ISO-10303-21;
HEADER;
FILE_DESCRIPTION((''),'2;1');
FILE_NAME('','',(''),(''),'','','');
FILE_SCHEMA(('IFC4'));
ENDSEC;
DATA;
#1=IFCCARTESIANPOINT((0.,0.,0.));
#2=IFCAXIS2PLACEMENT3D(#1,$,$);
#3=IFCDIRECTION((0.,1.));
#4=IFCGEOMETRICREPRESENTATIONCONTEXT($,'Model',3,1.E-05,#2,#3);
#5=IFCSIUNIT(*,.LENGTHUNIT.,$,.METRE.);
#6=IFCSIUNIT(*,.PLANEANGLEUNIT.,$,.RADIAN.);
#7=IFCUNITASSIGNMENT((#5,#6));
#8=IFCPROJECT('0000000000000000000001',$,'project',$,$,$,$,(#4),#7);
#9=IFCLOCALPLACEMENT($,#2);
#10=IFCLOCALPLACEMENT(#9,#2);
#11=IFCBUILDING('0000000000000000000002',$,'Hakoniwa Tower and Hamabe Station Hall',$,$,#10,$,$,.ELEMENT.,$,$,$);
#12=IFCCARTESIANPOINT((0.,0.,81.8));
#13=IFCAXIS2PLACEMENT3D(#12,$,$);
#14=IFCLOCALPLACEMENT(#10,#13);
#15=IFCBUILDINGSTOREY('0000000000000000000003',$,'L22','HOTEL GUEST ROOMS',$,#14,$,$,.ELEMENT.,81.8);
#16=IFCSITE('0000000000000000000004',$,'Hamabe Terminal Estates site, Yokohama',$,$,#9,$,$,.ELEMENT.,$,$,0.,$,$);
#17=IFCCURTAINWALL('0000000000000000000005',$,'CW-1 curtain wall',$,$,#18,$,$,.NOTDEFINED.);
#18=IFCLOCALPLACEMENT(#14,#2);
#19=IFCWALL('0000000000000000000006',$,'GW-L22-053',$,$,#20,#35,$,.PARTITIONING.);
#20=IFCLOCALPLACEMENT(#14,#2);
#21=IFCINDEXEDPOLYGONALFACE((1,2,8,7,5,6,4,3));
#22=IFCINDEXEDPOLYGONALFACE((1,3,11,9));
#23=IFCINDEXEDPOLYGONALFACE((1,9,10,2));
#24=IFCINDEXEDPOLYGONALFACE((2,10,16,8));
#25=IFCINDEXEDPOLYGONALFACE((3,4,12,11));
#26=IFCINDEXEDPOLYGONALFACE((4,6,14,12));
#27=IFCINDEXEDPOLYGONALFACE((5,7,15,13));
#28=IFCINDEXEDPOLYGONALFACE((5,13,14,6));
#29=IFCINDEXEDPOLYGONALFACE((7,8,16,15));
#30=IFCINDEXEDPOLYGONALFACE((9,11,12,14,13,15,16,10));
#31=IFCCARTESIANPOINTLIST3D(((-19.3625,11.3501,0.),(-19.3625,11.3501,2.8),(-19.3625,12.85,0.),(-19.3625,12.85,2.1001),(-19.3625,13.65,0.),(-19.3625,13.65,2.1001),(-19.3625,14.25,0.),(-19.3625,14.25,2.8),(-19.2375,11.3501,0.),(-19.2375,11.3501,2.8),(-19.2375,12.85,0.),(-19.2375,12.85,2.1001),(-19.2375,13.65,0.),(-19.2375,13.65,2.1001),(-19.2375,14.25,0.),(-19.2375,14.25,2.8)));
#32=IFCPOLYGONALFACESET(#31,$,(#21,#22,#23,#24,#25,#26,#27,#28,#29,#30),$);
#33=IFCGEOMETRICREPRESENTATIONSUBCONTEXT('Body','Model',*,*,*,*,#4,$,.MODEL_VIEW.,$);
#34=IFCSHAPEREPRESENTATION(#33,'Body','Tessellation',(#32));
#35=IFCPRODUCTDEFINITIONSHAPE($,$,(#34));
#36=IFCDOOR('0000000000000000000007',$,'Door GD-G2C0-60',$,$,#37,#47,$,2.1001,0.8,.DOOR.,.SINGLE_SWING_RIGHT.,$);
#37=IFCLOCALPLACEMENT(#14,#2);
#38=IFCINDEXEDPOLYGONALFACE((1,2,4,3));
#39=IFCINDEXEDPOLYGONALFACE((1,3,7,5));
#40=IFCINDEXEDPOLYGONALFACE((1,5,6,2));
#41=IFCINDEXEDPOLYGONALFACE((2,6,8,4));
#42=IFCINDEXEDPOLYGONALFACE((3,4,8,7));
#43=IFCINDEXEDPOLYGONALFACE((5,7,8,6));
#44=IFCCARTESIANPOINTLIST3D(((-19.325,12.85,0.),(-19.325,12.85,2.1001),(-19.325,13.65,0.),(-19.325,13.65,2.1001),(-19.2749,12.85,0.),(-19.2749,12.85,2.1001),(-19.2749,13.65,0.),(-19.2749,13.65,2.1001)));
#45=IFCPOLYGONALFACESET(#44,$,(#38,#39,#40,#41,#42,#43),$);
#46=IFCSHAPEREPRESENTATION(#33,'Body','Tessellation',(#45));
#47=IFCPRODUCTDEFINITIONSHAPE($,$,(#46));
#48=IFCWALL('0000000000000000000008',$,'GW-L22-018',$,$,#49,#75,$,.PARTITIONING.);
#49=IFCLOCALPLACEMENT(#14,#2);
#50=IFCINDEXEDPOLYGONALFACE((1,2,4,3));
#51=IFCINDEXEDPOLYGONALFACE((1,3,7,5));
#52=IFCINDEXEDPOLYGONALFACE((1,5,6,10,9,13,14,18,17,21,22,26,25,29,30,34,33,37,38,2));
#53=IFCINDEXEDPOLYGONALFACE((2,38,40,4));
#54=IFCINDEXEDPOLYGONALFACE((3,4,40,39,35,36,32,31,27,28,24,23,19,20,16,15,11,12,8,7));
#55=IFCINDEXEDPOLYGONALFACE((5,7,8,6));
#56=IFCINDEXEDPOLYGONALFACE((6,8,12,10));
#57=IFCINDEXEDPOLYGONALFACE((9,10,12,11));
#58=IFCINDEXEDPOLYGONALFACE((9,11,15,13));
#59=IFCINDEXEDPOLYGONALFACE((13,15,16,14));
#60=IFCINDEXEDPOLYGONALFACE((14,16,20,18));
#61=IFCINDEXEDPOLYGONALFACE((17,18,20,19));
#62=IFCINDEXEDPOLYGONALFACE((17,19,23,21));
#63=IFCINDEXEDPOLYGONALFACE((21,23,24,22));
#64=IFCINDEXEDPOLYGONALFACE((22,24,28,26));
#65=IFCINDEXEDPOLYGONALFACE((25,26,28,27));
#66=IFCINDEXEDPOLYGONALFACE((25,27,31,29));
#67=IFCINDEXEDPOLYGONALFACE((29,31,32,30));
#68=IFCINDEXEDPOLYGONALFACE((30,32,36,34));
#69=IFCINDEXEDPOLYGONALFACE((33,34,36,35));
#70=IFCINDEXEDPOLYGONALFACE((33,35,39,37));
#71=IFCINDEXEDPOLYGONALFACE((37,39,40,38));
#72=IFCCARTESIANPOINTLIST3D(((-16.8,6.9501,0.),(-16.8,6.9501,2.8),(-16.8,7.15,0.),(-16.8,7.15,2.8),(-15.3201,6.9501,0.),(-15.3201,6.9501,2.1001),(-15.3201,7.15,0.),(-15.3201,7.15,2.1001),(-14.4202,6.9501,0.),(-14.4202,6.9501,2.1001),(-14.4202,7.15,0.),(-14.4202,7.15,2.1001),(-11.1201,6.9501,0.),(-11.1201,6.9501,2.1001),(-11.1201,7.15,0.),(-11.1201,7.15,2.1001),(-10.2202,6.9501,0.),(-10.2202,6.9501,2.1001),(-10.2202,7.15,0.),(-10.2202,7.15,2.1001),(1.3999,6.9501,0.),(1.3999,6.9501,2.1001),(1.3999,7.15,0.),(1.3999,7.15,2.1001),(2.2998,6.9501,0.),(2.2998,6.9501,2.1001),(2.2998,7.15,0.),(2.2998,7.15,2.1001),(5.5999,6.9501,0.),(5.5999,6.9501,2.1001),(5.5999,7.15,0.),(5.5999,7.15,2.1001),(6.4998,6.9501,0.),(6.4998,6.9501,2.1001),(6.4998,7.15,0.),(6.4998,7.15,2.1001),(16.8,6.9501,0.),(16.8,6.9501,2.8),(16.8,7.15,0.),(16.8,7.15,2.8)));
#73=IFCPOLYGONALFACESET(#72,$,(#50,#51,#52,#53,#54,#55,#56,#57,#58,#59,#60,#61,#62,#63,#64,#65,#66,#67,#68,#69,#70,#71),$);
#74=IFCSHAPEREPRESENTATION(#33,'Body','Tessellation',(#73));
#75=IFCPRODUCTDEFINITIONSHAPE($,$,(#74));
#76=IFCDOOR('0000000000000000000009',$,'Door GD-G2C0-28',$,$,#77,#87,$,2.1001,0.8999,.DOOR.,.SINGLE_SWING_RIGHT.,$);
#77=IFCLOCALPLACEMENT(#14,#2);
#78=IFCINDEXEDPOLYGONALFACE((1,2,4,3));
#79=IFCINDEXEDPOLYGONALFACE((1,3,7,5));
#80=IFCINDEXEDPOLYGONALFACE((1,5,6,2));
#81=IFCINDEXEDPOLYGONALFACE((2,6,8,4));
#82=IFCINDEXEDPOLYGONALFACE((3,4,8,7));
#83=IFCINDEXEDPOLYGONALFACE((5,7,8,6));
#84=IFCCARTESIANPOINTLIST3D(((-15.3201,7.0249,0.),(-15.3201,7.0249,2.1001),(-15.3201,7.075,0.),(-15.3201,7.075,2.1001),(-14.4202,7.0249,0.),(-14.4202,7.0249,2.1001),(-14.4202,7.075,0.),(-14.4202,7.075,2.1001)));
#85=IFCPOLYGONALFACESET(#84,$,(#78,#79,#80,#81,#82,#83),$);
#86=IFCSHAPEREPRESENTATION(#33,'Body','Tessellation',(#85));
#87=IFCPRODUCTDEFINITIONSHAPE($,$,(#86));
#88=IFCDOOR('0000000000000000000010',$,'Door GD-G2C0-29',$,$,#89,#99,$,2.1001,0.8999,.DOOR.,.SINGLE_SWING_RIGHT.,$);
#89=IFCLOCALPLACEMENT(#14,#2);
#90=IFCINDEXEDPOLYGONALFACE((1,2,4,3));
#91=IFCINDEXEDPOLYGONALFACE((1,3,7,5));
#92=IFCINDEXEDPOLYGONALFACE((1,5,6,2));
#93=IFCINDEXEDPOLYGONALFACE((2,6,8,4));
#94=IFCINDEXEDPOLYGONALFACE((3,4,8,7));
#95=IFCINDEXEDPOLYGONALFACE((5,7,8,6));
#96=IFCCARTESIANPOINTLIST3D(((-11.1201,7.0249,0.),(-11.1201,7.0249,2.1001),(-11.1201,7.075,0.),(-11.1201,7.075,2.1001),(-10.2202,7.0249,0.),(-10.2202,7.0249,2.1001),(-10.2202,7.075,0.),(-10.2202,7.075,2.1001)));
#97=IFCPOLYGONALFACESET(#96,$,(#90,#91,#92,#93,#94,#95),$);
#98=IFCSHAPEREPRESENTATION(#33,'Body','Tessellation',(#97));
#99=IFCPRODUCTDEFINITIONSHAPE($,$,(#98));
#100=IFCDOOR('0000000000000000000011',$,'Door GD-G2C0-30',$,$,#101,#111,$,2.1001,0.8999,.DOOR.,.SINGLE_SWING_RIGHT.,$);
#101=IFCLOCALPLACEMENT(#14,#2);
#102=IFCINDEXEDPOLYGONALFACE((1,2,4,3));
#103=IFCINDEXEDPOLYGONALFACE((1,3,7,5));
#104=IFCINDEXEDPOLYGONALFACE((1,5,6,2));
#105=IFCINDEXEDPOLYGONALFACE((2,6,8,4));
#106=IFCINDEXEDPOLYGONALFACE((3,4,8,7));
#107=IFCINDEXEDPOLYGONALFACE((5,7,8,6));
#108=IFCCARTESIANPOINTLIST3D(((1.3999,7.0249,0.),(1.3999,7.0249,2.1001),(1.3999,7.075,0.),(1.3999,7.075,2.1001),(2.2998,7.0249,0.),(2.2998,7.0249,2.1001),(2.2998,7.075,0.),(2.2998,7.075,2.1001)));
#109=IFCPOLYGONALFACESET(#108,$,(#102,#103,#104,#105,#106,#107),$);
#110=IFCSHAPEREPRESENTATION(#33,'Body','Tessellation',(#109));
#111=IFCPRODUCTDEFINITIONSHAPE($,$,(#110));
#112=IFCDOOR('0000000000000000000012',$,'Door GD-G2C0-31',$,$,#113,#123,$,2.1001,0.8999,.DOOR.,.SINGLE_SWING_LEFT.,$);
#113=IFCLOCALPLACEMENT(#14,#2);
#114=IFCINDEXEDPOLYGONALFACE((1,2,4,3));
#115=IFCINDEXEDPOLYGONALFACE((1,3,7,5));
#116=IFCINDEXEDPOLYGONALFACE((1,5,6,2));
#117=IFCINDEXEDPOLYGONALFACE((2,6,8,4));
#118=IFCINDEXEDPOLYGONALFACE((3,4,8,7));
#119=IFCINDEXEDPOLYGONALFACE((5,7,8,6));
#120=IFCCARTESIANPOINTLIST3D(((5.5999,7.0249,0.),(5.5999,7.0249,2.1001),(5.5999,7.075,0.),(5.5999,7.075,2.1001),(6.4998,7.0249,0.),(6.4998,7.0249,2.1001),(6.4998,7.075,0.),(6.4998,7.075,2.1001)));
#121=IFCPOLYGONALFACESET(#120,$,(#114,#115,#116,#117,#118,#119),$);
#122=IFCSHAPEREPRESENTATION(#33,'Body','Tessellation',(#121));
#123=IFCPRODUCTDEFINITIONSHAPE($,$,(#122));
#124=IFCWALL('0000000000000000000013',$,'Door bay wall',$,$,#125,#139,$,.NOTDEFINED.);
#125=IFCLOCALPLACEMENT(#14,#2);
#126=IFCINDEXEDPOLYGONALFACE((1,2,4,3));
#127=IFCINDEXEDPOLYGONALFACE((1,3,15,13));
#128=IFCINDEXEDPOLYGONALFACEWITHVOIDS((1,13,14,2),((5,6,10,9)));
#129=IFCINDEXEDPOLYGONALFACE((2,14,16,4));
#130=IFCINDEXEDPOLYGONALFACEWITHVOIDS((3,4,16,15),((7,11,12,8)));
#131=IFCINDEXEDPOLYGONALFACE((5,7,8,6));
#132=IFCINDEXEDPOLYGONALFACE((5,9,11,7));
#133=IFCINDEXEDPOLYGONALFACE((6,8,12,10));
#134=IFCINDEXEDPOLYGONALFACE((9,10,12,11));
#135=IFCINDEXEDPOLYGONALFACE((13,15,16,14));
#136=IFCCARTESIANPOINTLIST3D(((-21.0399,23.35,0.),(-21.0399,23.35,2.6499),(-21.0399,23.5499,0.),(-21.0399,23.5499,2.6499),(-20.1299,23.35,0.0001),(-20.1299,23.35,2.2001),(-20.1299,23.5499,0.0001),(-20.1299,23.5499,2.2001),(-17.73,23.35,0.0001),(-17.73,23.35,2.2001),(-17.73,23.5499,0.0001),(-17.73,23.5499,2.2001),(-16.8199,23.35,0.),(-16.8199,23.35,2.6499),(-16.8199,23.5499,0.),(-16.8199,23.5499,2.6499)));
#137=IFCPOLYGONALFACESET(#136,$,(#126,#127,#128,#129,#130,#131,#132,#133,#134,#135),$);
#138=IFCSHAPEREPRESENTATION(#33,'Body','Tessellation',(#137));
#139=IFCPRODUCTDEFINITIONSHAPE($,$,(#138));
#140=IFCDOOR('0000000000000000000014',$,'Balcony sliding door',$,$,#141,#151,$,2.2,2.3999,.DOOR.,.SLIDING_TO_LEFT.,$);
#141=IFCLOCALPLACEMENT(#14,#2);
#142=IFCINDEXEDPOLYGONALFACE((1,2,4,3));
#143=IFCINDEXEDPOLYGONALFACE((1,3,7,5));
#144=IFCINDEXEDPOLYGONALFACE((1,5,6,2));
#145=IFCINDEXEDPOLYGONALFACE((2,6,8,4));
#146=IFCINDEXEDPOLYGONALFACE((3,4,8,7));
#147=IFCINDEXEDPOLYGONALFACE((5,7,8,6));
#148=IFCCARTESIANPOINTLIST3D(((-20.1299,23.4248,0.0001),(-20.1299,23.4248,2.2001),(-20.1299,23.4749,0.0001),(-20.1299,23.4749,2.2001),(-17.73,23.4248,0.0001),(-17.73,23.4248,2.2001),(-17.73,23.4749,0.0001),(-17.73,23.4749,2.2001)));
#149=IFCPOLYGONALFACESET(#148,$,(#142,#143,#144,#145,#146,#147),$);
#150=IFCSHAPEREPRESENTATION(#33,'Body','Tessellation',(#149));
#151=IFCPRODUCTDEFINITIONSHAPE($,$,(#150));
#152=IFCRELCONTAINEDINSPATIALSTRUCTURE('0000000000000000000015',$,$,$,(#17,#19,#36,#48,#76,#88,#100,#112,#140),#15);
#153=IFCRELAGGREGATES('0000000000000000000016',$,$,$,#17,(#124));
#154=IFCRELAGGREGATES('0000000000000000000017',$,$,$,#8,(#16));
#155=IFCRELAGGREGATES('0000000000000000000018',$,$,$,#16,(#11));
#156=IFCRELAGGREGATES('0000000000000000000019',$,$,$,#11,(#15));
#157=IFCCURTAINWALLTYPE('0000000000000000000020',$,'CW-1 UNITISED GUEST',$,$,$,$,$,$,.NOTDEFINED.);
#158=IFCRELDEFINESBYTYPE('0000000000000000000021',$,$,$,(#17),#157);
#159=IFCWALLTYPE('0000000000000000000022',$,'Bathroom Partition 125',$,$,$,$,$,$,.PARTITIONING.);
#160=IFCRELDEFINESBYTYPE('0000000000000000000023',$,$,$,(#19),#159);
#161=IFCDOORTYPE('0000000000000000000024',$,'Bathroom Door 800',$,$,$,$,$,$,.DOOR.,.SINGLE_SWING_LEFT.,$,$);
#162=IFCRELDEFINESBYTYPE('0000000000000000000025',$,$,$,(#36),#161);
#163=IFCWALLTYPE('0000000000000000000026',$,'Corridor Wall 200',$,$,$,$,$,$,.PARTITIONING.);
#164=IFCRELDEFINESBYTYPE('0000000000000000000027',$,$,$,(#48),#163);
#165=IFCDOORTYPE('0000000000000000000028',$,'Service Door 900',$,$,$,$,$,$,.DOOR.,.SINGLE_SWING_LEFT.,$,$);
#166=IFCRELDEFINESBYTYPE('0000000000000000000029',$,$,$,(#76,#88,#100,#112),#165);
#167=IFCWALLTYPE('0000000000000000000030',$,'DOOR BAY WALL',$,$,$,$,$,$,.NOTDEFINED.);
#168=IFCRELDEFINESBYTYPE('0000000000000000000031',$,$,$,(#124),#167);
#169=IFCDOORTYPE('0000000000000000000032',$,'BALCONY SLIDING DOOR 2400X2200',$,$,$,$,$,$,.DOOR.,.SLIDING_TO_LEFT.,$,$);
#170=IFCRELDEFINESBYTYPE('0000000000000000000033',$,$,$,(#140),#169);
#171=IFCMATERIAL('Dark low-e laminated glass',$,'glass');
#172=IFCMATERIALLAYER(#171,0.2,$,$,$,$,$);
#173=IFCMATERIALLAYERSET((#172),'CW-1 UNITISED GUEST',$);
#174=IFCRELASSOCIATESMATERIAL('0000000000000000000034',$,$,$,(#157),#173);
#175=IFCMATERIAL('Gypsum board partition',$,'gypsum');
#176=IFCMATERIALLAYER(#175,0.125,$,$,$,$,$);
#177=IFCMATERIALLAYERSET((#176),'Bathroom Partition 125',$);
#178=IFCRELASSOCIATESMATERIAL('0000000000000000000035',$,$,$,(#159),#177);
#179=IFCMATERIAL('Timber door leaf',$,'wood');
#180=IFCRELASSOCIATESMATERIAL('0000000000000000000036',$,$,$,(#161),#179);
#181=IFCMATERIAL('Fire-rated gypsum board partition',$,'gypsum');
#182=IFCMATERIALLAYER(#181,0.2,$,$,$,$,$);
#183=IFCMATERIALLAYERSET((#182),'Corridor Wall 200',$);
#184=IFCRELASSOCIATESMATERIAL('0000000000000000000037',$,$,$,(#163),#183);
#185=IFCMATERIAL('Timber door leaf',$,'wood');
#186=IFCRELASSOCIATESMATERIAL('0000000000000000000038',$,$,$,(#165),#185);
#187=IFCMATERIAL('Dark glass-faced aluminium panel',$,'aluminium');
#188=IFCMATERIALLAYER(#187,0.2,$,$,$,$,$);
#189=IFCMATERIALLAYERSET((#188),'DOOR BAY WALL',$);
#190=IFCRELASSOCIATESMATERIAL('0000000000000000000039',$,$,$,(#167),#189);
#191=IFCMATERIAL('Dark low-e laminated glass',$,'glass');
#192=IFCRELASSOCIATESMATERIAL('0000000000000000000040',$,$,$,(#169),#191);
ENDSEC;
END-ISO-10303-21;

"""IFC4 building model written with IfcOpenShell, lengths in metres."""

from ifc_helpers import new_model, si_unit, direction, frame, frame_2d, origin, place, context, subcontext, project, spatial, rectangle, extrude, material, layer, layer_set, type_object, element, fill, aggregate, save


model = new_model("IFC4")

# Units and contexts
model_context = context("Model", 3, precision=1e-05, world=origin(), true_north=direction((0.0, 1.0)))
body_context = subcontext(model_context, "Body", "Model", "MODEL_VIEW")
ifc_project = project(units=[si_unit("LENGTHUNIT", "METRE"), si_unit("PLANEANGLEUNIT", "RADIAN")], contexts=[model_context])

# Site, building, storey
site_placement = place(None, origin())
site = spatial("IfcSite", under=ifc_project, at=site_placement, Name="Hamabe Terminal Estates site, Yokohama", CompositionType="ELEMENT", RefElevation=0.0)
building_placement = place(site_placement, origin())
building = spatial("IfcBuilding", under=site, at=building_placement, Name="Hakoniwa Tower and Hamabe Station Hall", CompositionType="ELEMENT")
storey_placement = place(building_placement, frame((0.0, 0.0, 81.8)))
storey = spatial("IfcBuildingStorey", under=building, at=storey_placement, Name="L22", Description="HOTEL GUEST ROOMS", CompositionType="ELEMENT", Elevation=81.8)

# Curtain wall
ifc_material_1 = material(Name="Dark low-e laminated glass", Category="glass")
ifc_layer_1 = layer(ifc_material_1, 0.2)
ifc_layer_set_1 = layer_set([ifc_layer_1], Name="CW-1 UNITISED GUEST")
curtain_wall_type = type_object("IfcCurtainWallType", Name="CW-1 UNITISED GUEST", PredefinedType="NOTDEFINED", material=ifc_layer_set_1)
curtain_wall_placement = place(storey_placement, origin())
curtain_wall = element("IfcCurtainWall", 1, at=curtain_wall_placement, inside=storey, type_object=curtain_wall_type, Name="CW-1 curtain wall", PredefinedType="NOTDEFINED")

# Shared definitions
ifc_material_2 = material(Name="Gypsum board partition", Category="gypsum")
ifc_layer_2 = layer(ifc_material_2, 0.125)
ifc_layer_set_2 = layer_set([ifc_layer_2], Name="Bathroom Partition 125")
wall_type_1 = type_object("IfcWallType", Name="Bathroom Partition 125", PredefinedType="PARTITIONING", material=ifc_layer_set_2)

# Wall, opening, door
ifc_material_3 = material(Name="Timber door leaf", Category="wood")
door_type_1 = type_object("IfcDoorType", Name="Bathroom Door 800", OperationType="SINGLE_SWING_LEFT", PredefinedType="DOOR", material=ifc_material_3)
wall_1_placement = place(storey_placement, frame((-19.3, 11.3501, 0.0), z_axis=(0.0, 0.0, 1.0), x_axis=(0.0, 1.0, 0.0)))
wall_1 = element("IfcWall", 2, at=wall_1_placement, inside=storey, type_object=wall_type_1, Name="GW-L22-053", PredefinedType="PARTITIONING", context=body_context, shape_type="SweptSolid", body=[
    extrude(rectangle(XDim=2.8999, YDim=0.125, at=frame_2d((1.45, 0.0))), origin(), (0.0, 0.0, 1.0), 2.8),
])
opening_1_placement = place(wall_1_placement, frame((1.5, 0.0, 0.0)))
opening_1 = element("IfcOpeningElement", 3, at=opening_1_placement, cuts=wall_1, PredefinedType="OPENING", context=body_context, shape_type="SweptSolid", body=[
    extrude(rectangle(XDim=0.8, YDim=2.1001, at=frame_2d((0.3999, 1.05))), frame((0.0, 0.0725, 0.0), z_axis=(0.0, -1.0, 0.0), x_axis=(1.0, 0.0, 0.0)), (0.0, 0.0, 1.0), 0.145),
])
door_1_placement = place(opening_1_placement, origin())
door_1 = element("IfcDoor", 4, at=door_1_placement, inside=storey, type_object=door_type_1, Name="Door GD-G2C0-60", OperationType="SINGLE_SWING_RIGHT", OverallHeight=2.1001, OverallWidth=0.8, PredefinedType="DOOR", context=body_context, shape_type="SweptSolid", body=[
    extrude(rectangle(XDim=0.8, YDim=2.1001, at=frame_2d((0.3999, 1.05))), frame((0.0, 0.0249, 0.0), z_axis=(0.0, -1.0, 0.0), x_axis=(1.0, 0.0, 0.0)), (0.0, 0.0, 1.0), 0.05),
])
fill(opening_1, door_1)

# Wall, openings, doors
ifc_material_4 = material(Name="Fire-rated gypsum board partition", Category="gypsum")
ifc_layer_3 = layer(ifc_material_4, 0.2)
ifc_layer_set_3 = layer_set([ifc_layer_3], Name="Corridor Wall 200")
wall_type_2 = type_object("IfcWallType", Name="Corridor Wall 200", PredefinedType="PARTITIONING", material=ifc_layer_set_3)
wall_2_placement = place(storey_placement, frame((-16.8, 7.05, 0.0), z_axis=(0.0, 0.0, 1.0), x_axis=(1.0, 0.0, 0.0)))
wall_2 = element("IfcWall", 5, at=wall_2_placement, inside=storey, type_object=wall_type_2, Name="GW-L22-018", PredefinedType="PARTITIONING", context=body_context, shape_type="SweptSolid", body=[
    extrude(rectangle(XDim=33.6001, YDim=0.2, at=frame_2d((16.8, 0.0))), origin(), (0.0, 0.0, 1.0), 2.8),
])
opening_2_placement = place(wall_2_placement, frame((1.48, 0.0, 0.0)))
opening_2 = element("IfcOpeningElement", 6, at=opening_2_placement, cuts=wall_2, PredefinedType="OPENING", context=body_context, shape_type="SweptSolid", body=[
    extrude(rectangle(XDim=0.8999, YDim=2.1001, at=frame_2d((0.45, 1.05))), frame((0.0, 0.1099, 0.0), z_axis=(0.0, -1.0, 0.0), x_axis=(1.0, 0.0, 0.0)), (0.0, 0.0, 1.0), 0.22),
])
opening_3_placement = place(wall_2_placement, frame((5.6799, 0.0, 0.0)))
opening_3 = element("IfcOpeningElement", 7, at=opening_3_placement, cuts=wall_2, PredefinedType="OPENING", context=body_context, shape_type="SweptSolid", body=[
    extrude(rectangle(XDim=0.8999, YDim=2.1001, at=frame_2d((0.45, 1.05))), frame((0.0, 0.1099, 0.0), z_axis=(0.0, -1.0, 0.0), x_axis=(1.0, 0.0, 0.0)), (0.0, 0.0, 1.0), 0.22),
])
opening_4_placement = place(wall_2_placement, frame((18.2, 0.0, 0.0)))
opening_4 = element("IfcOpeningElement", 8, at=opening_4_placement, cuts=wall_2, PredefinedType="OPENING", context=body_context, shape_type="SweptSolid", body=[
    extrude(rectangle(XDim=0.8999, YDim=2.1001, at=frame_2d((0.45, 1.05))), frame((0.0, 0.1099, 0.0), z_axis=(0.0, -1.0, 0.0), x_axis=(1.0, 0.0, 0.0)), (0.0, 0.0, 1.0), 0.22),
])
opening_5_placement = place(wall_2_placement, frame((22.3999, 0.0, 0.0)))
opening_5 = element("IfcOpeningElement", 9, at=opening_5_placement, cuts=wall_2, PredefinedType="OPENING", context=body_context, shape_type="SweptSolid", body=[
    extrude(rectangle(XDim=0.8999, YDim=2.1001, at=frame_2d((0.45, 1.05))), frame((0.0, 0.1099, 0.0), z_axis=(0.0, -1.0, 0.0), x_axis=(1.0, 0.0, 0.0)), (0.0, 0.0, 1.0), 0.22),
])
ifc_material_5 = material(Name="Timber door leaf", Category="wood")
door_type_2 = type_object("IfcDoorType", Name="Service Door 900", OperationType="SINGLE_SWING_LEFT", PredefinedType="DOOR", material=ifc_material_5)
door_2_placement = place(opening_2_placement, origin())
door_2 = element("IfcDoor", 10, at=door_2_placement, inside=storey, type_object=door_type_2, Name="Door GD-G2C0-28", OperationType="SINGLE_SWING_RIGHT", OverallHeight=2.1001, OverallWidth=0.8999, PredefinedType="DOOR", context=body_context, shape_type="SweptSolid", body=[
    extrude(rectangle(XDim=0.8999, YDim=2.1001, at=frame_2d((0.45, 1.05))), frame((0.0, 0.0249, 0.0), z_axis=(0.0, -1.0, 0.0), x_axis=(1.0, 0.0, 0.0)), (0.0, 0.0, 1.0), 0.05),
])
fill(opening_2, door_2)
door_3_placement = place(opening_3_placement, origin())
door_3 = element("IfcDoor", 11, at=door_3_placement, inside=storey, type_object=door_type_2, Name="Door GD-G2C0-29", OperationType="SINGLE_SWING_RIGHT", OverallHeight=2.1001, OverallWidth=0.8999, PredefinedType="DOOR", context=body_context, shape_type="SweptSolid", body=[
    extrude(rectangle(XDim=0.8999, YDim=2.1001, at=frame_2d((0.45, 1.05))), frame((0.0, 0.0249, 0.0), z_axis=(0.0, -1.0, 0.0), x_axis=(1.0, 0.0, 0.0)), (0.0, 0.0, 1.0), 0.05),
])
fill(opening_3, door_3)
door_4_placement = place(opening_4_placement, origin())
door_4 = element("IfcDoor", 12, at=door_4_placement, inside=storey, type_object=door_type_2, Name="Door GD-G2C0-30", OperationType="SINGLE_SWING_RIGHT", OverallHeight=2.1001, OverallWidth=0.8999, PredefinedType="DOOR", context=body_context, shape_type="SweptSolid", body=[
    extrude(rectangle(XDim=0.8999, YDim=2.1001, at=frame_2d((0.45, 1.05))), frame((0.0, 0.0249, 0.0), z_axis=(0.0, -1.0, 0.0), x_axis=(1.0, 0.0, 0.0)), (0.0, 0.0, 1.0), 0.05),
])
fill(opening_4, door_4)
door_5_placement = place(opening_5_placement, origin())
door_5 = element("IfcDoor", 13, at=door_5_placement, inside=storey, type_object=door_type_2, Name="Door GD-G2C0-31", OperationType="SINGLE_SWING_LEFT", OverallHeight=2.1001, OverallWidth=0.8999, PredefinedType="DOOR", context=body_context, shape_type="SweptSolid", body=[
    extrude(rectangle(XDim=0.8999, YDim=2.1001, at=frame_2d((0.45, 1.05))), frame((0.0, 0.0249, 0.0), z_axis=(0.0, -1.0, 0.0), x_axis=(1.0, 0.0, 0.0)), (0.0, 0.0, 1.0), 0.05),
])
fill(opening_5, door_5)

# Wall, opening, door
ifc_material_6 = material(Name="Dark glass-faced aluminium panel", Category="aluminium")
ifc_layer_4 = layer(ifc_material_6, 0.2)
ifc_layer_set_4 = layer_set([ifc_layer_4], Name="DOOR BAY WALL")
wall_type_3 = type_object("IfcWallType", Name="DOOR BAY WALL", PredefinedType="NOTDEFINED", material=ifc_layer_set_4)
wall_3_placement = place(storey_placement, frame((-16.8201, 23.45, 0.0), z_axis=(0.0, 0.0, 1.0), x_axis=(-1.0, 0.0, 0.0)))
wall_3 = element("IfcWall", 14, at=wall_3_placement, type_object=wall_type_3, Name="Door bay wall", PredefinedType="NOTDEFINED", context=body_context, shape_type="SweptSolid", body=[
    extrude(rectangle(XDim=4.22, YDim=0.2, at=frame_2d((2.1099, 0.0))), origin(), (0.0, 0.0, 1.0), 2.6499),
])
opening_6_placement = place(wall_3_placement, frame((0.9099, 0.0, 0.0)))
opening_6 = element("IfcOpeningElement", 15, at=opening_6_placement, cuts=wall_3, PredefinedType="OPENING", context=body_context, shape_type="SweptSolid", body=[
    extrude(rectangle(XDim=2.3999, YDim=2.2, at=frame_2d((1.2, 1.1001))), frame((0.0, 0.1099, 0.0), z_axis=(0.0, -1.0, 0.0), x_axis=(1.0, 0.0, 0.0)), (0.0, 0.0, 1.0), 0.22),
])
ifc_material_7 = material(Name="Dark low-e laminated glass", Category="glass")
door_type_3 = type_object("IfcDoorType", Name="BALCONY SLIDING DOOR 2400X2200", OperationType="SLIDING_TO_LEFT", PredefinedType="DOOR", material=ifc_material_7)
door_6_placement = place(opening_6_placement, frame((2.3999, 0.0, 0.0), z_axis=(0.0, 0.0, 1.0), x_axis=(-1.0, 0.0, 0.0)))
door_6 = element("IfcDoor", 16, at=door_6_placement, inside=storey, type_object=door_type_3, Name="Balcony sliding door", OperationType="SLIDING_TO_LEFT", OverallHeight=2.2, OverallWidth=2.3999, PredefinedType="DOOR", context=body_context, shape_type="SweptSolid", body=[
    extrude(rectangle(XDim=2.3999, YDim=2.2, at=frame_2d((1.2, 1.1001))), frame((0.0, 0.0249, 0.0), z_axis=(0.0, -1.0, 0.0), x_axis=(1.0, 0.0, 0.0)), (0.0, 0.0, 1.0), 0.05),
])
fill(opening_6, door_6)
aggregate(curtain_wall, [wall_3])

save(model, "model.ifc")
